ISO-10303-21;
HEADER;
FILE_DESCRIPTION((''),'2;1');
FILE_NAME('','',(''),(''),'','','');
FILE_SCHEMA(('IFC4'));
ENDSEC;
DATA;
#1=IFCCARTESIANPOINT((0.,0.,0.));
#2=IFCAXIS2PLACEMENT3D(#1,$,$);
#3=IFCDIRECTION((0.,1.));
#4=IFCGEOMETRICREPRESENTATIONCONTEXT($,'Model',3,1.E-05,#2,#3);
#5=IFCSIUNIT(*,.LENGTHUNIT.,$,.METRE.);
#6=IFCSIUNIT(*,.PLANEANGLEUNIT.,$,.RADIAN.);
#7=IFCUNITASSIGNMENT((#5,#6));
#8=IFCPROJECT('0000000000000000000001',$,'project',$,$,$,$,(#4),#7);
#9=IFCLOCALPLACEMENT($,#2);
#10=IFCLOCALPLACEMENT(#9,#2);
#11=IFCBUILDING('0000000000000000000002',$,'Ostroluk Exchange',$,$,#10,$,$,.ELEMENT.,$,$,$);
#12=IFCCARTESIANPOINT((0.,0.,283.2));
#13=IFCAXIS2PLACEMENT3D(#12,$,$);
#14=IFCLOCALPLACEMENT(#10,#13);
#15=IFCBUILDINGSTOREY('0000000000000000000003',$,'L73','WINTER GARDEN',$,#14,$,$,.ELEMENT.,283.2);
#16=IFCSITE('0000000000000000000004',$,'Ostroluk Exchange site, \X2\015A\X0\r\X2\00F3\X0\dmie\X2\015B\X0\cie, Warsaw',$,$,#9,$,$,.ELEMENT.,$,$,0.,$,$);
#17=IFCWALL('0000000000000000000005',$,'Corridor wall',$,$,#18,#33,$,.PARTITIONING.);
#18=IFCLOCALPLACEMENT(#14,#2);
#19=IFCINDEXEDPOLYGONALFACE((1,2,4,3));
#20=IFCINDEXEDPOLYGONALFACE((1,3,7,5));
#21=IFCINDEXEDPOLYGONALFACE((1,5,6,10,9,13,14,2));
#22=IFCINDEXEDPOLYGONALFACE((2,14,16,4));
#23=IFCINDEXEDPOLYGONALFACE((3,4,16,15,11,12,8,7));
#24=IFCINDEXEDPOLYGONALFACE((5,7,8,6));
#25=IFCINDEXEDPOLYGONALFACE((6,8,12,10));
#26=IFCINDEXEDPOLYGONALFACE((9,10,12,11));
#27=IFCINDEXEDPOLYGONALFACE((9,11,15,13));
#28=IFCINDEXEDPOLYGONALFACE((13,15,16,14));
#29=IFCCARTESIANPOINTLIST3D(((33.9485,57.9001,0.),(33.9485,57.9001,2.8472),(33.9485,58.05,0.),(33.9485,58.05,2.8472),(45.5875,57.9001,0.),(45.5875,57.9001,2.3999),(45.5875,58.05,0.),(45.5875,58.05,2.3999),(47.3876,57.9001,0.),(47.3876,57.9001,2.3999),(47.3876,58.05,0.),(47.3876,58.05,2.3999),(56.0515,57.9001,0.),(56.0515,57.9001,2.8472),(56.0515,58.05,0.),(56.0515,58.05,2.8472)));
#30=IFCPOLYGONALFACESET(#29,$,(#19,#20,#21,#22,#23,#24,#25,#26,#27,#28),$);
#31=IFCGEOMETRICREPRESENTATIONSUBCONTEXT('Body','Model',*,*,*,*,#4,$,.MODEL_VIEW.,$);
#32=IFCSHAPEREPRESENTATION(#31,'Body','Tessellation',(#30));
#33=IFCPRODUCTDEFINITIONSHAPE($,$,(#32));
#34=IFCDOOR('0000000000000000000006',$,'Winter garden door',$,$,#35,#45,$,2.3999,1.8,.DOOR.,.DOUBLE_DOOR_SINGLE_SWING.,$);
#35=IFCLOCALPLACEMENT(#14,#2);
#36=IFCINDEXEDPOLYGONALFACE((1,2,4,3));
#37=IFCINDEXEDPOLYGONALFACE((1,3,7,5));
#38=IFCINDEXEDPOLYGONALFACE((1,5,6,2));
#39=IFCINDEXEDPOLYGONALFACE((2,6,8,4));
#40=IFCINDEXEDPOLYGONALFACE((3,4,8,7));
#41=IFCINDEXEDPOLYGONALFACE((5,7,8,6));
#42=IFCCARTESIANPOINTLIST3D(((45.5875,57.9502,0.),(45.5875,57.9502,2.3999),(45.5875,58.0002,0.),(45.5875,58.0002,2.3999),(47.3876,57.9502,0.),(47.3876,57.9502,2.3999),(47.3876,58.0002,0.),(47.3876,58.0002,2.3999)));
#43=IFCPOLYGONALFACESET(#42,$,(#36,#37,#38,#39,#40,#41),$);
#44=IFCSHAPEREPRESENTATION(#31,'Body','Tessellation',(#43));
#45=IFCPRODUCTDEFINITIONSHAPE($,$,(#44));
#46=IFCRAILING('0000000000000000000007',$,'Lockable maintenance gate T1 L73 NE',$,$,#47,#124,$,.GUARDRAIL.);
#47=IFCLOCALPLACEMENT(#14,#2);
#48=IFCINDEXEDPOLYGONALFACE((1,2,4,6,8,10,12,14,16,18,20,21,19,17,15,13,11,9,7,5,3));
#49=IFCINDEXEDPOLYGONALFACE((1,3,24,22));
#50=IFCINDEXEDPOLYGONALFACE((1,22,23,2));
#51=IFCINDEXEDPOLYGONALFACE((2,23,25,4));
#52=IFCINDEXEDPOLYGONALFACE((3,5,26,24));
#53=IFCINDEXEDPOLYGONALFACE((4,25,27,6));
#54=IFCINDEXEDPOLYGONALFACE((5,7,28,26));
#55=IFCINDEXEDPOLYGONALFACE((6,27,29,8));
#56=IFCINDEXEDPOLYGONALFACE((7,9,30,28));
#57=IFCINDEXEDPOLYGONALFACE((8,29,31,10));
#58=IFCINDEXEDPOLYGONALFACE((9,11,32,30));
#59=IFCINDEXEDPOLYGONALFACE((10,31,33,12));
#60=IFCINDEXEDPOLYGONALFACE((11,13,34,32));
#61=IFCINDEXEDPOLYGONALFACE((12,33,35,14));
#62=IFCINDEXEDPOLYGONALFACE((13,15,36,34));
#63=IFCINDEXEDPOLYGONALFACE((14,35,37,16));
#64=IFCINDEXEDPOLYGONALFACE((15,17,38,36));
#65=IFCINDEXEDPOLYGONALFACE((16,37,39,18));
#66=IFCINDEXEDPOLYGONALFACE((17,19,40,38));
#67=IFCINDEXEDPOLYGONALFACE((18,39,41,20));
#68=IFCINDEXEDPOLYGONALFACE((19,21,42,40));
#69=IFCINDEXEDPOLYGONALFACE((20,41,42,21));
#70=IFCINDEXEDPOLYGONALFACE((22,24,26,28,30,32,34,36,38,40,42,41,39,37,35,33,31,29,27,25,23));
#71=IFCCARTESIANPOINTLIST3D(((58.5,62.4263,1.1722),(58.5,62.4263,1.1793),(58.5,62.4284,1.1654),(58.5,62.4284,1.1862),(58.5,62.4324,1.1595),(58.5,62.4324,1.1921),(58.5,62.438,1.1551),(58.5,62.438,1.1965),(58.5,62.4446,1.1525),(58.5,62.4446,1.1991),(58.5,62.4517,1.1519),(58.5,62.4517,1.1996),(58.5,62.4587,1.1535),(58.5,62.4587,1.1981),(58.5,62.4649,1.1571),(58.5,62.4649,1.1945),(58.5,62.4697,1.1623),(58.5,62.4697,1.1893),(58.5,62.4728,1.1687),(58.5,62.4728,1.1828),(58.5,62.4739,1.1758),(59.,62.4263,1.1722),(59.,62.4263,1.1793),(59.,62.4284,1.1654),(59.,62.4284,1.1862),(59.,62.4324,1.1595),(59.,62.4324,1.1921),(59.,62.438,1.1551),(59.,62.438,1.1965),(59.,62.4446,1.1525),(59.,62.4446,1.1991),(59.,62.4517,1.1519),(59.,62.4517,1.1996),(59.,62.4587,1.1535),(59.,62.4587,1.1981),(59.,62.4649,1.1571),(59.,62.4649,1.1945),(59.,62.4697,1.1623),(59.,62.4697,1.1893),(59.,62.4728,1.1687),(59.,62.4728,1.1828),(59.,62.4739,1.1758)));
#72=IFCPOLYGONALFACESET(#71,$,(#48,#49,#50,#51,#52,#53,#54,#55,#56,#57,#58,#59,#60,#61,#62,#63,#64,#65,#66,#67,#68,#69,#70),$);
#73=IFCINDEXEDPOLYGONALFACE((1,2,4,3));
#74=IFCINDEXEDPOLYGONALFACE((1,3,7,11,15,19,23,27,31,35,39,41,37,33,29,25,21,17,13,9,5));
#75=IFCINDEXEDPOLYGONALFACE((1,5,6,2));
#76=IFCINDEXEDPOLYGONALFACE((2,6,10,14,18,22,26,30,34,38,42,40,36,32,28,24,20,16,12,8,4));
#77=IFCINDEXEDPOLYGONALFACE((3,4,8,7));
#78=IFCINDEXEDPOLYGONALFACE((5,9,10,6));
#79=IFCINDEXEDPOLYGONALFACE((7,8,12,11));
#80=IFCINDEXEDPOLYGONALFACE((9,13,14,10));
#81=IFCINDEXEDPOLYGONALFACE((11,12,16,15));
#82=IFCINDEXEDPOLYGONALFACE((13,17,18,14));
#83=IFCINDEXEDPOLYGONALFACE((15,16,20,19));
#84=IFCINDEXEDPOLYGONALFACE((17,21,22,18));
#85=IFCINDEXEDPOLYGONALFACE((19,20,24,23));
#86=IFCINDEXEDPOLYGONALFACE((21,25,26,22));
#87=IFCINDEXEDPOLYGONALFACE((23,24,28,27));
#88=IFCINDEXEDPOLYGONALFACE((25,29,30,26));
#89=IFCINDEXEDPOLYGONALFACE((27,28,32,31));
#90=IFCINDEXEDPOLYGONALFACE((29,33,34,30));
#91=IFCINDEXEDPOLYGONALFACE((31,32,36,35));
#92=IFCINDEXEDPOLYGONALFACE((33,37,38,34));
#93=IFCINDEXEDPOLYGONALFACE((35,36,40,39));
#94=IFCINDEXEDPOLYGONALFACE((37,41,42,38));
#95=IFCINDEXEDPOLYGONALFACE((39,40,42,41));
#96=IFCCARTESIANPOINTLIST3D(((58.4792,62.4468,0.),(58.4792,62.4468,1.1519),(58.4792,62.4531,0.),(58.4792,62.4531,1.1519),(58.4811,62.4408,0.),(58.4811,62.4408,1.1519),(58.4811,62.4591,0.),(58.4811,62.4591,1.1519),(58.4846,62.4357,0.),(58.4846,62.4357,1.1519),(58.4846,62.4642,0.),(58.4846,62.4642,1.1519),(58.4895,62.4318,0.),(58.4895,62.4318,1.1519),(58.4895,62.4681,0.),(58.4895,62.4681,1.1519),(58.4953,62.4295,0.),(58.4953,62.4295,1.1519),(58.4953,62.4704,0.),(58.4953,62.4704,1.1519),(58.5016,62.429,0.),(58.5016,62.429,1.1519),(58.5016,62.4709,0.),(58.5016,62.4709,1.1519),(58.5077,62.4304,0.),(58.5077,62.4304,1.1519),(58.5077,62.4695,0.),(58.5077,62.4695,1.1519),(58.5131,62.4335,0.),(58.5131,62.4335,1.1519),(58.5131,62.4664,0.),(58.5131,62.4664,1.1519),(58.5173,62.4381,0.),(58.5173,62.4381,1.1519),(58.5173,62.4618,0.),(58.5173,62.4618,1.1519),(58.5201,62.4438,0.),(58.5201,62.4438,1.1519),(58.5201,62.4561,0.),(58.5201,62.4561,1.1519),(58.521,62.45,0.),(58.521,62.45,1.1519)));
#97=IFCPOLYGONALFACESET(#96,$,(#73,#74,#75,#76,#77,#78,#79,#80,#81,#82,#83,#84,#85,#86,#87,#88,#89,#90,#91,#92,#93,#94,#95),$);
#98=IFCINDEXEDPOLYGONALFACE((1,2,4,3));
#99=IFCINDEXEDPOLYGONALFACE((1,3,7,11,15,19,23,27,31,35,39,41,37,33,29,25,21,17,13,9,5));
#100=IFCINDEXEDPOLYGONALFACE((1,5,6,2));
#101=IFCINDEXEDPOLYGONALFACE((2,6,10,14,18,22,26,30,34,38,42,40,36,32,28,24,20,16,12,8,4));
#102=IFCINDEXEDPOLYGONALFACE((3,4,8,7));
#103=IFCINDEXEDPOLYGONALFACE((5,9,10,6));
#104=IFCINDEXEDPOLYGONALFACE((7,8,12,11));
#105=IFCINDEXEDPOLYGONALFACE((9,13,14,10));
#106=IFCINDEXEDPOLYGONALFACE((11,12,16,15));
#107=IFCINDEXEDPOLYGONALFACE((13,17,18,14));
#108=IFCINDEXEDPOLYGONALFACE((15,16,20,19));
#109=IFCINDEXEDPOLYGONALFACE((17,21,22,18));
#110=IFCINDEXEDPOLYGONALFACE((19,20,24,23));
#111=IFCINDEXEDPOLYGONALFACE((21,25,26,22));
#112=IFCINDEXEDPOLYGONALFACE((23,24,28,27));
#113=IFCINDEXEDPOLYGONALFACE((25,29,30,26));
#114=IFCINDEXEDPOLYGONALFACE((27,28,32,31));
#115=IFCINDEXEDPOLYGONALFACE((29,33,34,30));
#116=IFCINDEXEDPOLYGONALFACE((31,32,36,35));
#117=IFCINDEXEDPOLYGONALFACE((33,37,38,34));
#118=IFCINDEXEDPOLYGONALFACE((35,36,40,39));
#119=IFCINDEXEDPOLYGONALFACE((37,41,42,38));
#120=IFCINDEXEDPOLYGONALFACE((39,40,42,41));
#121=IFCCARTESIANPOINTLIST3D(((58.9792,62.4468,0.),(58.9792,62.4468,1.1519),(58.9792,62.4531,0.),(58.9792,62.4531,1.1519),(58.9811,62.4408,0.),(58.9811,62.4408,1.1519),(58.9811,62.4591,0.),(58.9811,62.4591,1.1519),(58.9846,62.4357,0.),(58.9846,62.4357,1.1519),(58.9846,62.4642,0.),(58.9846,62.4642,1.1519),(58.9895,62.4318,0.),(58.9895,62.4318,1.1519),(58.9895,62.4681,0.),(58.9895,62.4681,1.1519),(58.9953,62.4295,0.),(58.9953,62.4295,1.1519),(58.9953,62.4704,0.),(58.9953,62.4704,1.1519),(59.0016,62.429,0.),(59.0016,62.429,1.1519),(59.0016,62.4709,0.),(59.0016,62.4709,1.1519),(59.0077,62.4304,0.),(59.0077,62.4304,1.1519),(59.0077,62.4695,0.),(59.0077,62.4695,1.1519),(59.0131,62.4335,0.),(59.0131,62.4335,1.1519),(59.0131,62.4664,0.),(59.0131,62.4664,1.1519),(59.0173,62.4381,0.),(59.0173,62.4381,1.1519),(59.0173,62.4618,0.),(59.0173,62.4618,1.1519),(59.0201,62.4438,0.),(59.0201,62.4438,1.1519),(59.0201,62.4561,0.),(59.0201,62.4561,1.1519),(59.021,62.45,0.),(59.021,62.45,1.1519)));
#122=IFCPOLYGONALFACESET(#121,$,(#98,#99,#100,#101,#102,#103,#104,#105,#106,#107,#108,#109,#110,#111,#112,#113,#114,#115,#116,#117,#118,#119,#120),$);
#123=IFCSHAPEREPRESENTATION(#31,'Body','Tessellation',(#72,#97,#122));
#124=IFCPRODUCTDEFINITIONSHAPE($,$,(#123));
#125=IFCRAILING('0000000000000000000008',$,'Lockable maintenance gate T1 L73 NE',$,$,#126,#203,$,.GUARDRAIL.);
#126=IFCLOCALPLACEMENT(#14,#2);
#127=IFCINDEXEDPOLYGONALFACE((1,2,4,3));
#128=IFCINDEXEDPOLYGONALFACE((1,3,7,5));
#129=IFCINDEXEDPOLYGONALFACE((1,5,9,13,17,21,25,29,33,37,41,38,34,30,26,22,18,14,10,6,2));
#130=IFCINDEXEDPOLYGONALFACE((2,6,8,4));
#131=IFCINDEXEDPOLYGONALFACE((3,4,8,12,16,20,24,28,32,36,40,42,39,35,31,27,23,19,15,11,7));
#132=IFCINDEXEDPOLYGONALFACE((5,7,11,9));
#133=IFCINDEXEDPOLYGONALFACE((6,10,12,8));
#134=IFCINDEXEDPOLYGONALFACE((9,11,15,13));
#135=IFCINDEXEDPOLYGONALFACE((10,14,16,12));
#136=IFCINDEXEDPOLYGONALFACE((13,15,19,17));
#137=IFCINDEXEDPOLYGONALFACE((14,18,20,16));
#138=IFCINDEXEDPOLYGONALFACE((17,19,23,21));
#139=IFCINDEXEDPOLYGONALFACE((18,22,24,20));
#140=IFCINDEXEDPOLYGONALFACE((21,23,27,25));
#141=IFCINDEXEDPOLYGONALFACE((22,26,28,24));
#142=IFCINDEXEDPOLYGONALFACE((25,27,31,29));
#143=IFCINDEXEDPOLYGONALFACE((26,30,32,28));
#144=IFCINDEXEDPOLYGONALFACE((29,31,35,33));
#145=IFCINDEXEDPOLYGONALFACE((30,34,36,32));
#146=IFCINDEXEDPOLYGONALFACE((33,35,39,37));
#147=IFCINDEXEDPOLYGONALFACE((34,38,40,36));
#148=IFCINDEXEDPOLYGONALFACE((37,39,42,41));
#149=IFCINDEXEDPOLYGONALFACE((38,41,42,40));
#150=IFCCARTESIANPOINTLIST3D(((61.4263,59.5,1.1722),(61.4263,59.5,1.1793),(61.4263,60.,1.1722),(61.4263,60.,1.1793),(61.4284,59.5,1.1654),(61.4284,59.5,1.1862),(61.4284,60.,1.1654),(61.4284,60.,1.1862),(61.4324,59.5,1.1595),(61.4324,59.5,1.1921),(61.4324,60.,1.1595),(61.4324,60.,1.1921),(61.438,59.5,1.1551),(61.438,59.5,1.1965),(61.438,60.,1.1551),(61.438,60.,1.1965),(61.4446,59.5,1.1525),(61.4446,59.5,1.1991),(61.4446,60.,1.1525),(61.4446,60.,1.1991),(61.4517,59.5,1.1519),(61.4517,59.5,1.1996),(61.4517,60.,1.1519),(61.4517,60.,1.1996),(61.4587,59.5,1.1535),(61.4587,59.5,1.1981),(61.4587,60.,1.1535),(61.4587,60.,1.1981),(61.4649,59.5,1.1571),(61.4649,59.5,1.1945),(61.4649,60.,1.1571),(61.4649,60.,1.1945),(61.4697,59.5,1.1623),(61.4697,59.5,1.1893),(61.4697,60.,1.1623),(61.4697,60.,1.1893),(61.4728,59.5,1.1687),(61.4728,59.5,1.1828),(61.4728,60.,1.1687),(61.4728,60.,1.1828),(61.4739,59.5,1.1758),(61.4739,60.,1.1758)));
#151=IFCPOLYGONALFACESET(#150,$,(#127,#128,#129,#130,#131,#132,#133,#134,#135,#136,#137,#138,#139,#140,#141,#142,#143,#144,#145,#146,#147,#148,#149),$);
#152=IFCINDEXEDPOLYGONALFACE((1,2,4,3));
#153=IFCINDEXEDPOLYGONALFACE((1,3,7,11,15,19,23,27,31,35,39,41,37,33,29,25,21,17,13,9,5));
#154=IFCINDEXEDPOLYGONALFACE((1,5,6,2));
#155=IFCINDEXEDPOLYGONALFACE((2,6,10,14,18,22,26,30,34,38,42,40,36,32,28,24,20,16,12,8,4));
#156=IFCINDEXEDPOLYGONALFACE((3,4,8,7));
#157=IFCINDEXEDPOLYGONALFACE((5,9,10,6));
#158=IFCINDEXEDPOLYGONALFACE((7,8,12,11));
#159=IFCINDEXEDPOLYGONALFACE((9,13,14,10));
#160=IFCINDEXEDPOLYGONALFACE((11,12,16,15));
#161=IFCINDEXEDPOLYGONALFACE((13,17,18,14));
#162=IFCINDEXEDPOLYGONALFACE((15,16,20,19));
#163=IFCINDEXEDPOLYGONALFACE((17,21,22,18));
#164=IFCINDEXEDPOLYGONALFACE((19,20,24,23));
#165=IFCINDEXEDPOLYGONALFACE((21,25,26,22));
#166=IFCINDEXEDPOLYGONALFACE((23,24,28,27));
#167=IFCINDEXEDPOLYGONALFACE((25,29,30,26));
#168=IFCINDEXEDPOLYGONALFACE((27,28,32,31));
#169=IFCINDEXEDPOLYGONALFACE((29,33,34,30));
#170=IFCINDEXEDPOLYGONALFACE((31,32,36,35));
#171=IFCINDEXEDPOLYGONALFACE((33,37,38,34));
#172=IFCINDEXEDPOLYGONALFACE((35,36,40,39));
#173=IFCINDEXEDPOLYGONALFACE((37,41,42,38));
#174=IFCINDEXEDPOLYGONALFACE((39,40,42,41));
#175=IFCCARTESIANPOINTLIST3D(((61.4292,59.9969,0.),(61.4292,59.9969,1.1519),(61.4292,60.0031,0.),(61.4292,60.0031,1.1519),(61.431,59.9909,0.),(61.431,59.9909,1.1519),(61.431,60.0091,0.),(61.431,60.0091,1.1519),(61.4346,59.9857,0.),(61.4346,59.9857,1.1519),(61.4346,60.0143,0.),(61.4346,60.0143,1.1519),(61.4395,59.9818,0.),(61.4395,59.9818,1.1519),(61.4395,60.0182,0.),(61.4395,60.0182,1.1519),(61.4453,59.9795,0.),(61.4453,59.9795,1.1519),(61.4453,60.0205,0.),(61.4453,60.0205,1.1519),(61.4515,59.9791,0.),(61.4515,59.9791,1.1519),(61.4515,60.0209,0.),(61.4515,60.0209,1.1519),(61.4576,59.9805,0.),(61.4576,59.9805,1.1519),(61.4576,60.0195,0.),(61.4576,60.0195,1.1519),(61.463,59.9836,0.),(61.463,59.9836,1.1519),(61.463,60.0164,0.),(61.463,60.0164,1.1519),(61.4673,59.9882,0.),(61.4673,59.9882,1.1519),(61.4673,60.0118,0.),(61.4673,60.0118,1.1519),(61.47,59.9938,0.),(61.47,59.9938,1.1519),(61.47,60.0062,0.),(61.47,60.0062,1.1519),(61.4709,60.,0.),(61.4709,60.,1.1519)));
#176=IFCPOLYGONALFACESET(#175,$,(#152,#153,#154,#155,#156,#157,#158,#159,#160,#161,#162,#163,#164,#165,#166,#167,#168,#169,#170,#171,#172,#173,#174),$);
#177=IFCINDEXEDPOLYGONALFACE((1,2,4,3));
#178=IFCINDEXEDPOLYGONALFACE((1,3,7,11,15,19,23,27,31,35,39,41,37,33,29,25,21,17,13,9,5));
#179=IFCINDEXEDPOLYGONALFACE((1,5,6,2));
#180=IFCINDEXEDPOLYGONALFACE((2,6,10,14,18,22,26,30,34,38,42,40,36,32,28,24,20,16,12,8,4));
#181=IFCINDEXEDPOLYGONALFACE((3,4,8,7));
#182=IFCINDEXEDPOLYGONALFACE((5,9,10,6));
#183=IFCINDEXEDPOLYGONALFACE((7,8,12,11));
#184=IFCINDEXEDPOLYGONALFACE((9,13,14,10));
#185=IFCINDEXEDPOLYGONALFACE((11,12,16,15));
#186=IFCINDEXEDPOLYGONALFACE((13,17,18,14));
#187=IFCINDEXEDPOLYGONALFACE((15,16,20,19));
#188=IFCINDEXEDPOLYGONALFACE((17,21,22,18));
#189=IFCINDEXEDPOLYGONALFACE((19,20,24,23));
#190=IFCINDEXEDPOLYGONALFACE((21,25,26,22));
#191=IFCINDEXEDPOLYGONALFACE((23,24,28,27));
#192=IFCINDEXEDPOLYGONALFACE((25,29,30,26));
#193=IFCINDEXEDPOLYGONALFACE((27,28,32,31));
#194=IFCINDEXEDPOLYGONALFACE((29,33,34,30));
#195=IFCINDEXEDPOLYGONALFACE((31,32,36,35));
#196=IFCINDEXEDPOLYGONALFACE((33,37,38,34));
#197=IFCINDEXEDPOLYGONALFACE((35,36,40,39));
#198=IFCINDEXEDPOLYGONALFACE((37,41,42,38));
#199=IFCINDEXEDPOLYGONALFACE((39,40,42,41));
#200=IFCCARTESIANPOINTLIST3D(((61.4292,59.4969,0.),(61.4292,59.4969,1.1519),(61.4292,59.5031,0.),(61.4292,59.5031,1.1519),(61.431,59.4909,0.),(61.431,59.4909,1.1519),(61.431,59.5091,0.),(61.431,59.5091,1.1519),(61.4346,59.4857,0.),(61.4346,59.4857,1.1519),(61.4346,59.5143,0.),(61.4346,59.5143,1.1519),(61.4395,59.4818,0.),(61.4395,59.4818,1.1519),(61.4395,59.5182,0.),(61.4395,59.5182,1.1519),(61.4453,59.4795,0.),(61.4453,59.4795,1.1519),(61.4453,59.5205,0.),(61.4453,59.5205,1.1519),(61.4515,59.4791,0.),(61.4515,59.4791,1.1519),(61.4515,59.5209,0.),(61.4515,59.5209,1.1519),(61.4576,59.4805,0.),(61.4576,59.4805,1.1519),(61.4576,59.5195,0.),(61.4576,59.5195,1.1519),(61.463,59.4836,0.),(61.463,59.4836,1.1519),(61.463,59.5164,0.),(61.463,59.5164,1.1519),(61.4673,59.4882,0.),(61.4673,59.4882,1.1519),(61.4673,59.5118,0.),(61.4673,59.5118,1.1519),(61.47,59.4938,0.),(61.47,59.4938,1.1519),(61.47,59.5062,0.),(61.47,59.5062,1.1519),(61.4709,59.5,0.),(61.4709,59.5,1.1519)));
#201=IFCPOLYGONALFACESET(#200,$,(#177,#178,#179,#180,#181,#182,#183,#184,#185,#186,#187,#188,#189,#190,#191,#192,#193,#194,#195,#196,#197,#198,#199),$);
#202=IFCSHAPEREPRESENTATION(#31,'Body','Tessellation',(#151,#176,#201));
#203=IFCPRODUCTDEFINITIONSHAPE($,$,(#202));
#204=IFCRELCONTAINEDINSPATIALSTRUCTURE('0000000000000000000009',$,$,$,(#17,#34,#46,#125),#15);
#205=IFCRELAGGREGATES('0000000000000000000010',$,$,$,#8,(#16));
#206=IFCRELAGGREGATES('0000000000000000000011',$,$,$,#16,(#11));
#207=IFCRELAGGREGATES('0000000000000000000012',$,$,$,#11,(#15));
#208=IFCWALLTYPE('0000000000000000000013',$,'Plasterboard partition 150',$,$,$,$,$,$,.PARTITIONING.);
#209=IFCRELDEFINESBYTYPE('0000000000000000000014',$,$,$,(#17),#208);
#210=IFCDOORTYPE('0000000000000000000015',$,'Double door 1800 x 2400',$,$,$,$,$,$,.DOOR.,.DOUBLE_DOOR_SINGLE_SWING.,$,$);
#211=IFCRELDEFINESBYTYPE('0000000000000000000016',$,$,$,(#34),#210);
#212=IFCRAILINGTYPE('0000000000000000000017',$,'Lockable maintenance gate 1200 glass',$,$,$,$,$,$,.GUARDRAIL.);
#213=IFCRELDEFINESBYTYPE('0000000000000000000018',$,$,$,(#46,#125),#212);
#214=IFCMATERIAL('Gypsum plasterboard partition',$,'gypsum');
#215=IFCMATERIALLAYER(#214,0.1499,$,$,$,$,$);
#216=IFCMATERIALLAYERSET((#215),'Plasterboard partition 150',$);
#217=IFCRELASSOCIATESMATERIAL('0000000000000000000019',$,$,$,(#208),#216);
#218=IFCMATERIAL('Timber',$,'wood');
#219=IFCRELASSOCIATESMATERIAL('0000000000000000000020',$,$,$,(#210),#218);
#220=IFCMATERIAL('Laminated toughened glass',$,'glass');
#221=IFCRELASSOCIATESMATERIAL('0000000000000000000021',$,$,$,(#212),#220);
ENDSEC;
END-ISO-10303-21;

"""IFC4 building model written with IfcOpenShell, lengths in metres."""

from ifc_helpers import new_model, si_unit, direction, frame, frame_2d, origin, origin_2d, place, context, subcontext, project, spatial, rectangle, circle, extrude, material, layer, layer_set, type_object, element, fill, save


model = new_model("IFC4")

# Units and contexts
model_context = context("Model", 3, precision=1e-05, world=origin(), true_north=direction((0.0, 1.0)))
body_context = subcontext(model_context, "Body", "Model", "MODEL_VIEW")
ifc_project = project(units=[si_unit("LENGTHUNIT", "METRE"), si_unit("PLANEANGLEUNIT", "RADIAN")], contexts=[model_context])

# Site, building, storey
site_placement = place(None, origin())
site = spatial("IfcSite", under=ifc_project, at=site_placement, Name="Ostroluk Exchange site, Śródmieście, Warsaw", CompositionType="ELEMENT", RefElevation=0.0)
building_placement = place(site_placement, origin())
building = spatial("IfcBuilding", under=site, at=building_placement, Name="Ostroluk Exchange", CompositionType="ELEMENT")
storey_placement = place(building_placement, frame((0.0, 0.0, 283.2)))
storey = spatial("IfcBuildingStorey", under=building, at=storey_placement, Name="L73", Description="WINTER GARDEN", CompositionType="ELEMENT", Elevation=283.2)

# Wall, opening, door
ifc_material_1 = material(Name="Gypsum plasterboard partition", Category="gypsum")
ifc_layer_1 = layer(ifc_material_1, 0.1499)
ifc_layer_set_1 = layer_set([ifc_layer_1], Name="Plasterboard partition 150")
wall_type_1 = type_object("IfcWallType", Name="Plasterboard partition 150", PredefinedType="PARTITIONING", material=ifc_layer_set_1)
wall_1_placement = place(storey_placement, frame((56.0515, 57.9751, 0.0), z_axis=(0.0, 0.0, 1.0), x_axis=(-1.0, 0.0, 0.0)))
wall_1 = element("IfcWall", 1, at=wall_1_placement, inside=storey, type_object=wall_type_1, Name="Corridor wall", PredefinedType="PARTITIONING", context=body_context, shape_type="SweptSolid", body=[
    extrude(rectangle(XDim=22.103, YDim=0.1499, at=frame_2d((11.0515, 0.0))), origin(), (0.0, 0.0, 1.0), 2.8472),
])
opening_1_placement = place(wall_1_placement, frame((8.6641, 0.0, 0.0)))
opening_1 = element("IfcOpeningElement", 2, at=opening_1_placement, cuts=wall_1, PredefinedType="OPENING", context=body_context, shape_type="SweptSolid", body=[
    extrude(rectangle(XDim=1.8, YDim=2.3999, at=frame_2d((0.8999, 1.2))), frame((0.0, 0.085, 0.0), z_axis=(0.0, -1.0, 0.0), x_axis=(1.0, 0.0, 0.0)), (0.0, 0.0, 1.0), 0.1699),
])
ifc_material_2 = material(Name="Timber", Category="wood")
door_type_1 = type_object("IfcDoorType", Name="Double door 1800 x 2400", OperationType="DOUBLE_DOOR_SINGLE_SWING", PredefinedType="DOOR", material=ifc_material_2)
door_1_placement = place(opening_1_placement, origin())
door_1 = element("IfcDoor", 3, at=door_1_placement, inside=storey, type_object=door_type_1, Name="Winter garden door", OperationType="DOUBLE_DOOR_SINGLE_SWING", OverallHeight=2.3999, OverallWidth=1.8, PredefinedType="DOOR", context=body_context, shape_type="SweptSolid", body=[
    extrude(rectangle(XDim=1.8, YDim=2.3999, at=frame_2d((0.8999, 1.2))), frame((0.0, 0.0249, 0.0), z_axis=(0.0, -1.0, 0.0), x_axis=(1.0, 0.0, 0.0)), (0.0, 0.0, 1.0), 0.05),
])
fill(opening_1, door_1)

# Railings
ifc_material_3 = material(Name="Laminated toughened glass", Category="glass")
railing_type_1 = type_object("IfcRailingType", Name="Lockable maintenance gate 1200 glass", PredefinedType="GUARDRAIL", material=ifc_material_3)
railing_1_placement = place(storey_placement, frame((58.5, 62.45, 0.0)))
element("IfcRailing", 4, at=railing_1_placement, inside=storey, type_object=railing_type_1, Name="Lockable maintenance gate T1 L73 NE", PredefinedType="GUARDRAIL", context=body_context, shape_type="SweptSolid", body=[
    extrude(circle(Radius=0.0239, at=origin_2d()), frame((0.0, 0.0, 1.1758), z_axis=(1.0, 0.0, 0.0), x_axis=(0.0, 1.0, 0.0)), (0.0, 0.0, 1.0), 0.5),
    extrude(circle(Radius=0.021, at=origin_2d()), origin(), (0.0, 0.0, 1.0), 1.1519),
    extrude(circle(Radius=0.021, at=origin_2d()), frame((0.5, 0.0, 0.0)), (0.0, 0.0, 1.0), 1.1519),
])
railing_2_placement = place(storey_placement, frame((61.45, 60.0, 0.0)))
element("IfcRailing", 5, at=railing_2_placement, inside=storey, type_object=railing_type_1, Name="Lockable maintenance gate T1 L73 NE", PredefinedType="GUARDRAIL", context=body_context, shape_type="SweptSolid", body=[
    extrude(circle(Radius=0.0239, at=origin_2d()), frame((0.0, 0.0, 1.1758), z_axis=(0.0, -1.0, 0.0), x_axis=(1.0, 0.0, 0.0)), (0.0, 0.0, 1.0), 0.5),
    extrude(circle(Radius=0.021, at=origin_2d()), origin(), (0.0, 0.0, 1.0), 1.1519),
    extrude(circle(Radius=0.021, at=origin_2d()), frame((0.0, -0.5, 0.0)), (0.0, 0.0, 1.0), 1.1519),
])

save(model, "model.ifc")
